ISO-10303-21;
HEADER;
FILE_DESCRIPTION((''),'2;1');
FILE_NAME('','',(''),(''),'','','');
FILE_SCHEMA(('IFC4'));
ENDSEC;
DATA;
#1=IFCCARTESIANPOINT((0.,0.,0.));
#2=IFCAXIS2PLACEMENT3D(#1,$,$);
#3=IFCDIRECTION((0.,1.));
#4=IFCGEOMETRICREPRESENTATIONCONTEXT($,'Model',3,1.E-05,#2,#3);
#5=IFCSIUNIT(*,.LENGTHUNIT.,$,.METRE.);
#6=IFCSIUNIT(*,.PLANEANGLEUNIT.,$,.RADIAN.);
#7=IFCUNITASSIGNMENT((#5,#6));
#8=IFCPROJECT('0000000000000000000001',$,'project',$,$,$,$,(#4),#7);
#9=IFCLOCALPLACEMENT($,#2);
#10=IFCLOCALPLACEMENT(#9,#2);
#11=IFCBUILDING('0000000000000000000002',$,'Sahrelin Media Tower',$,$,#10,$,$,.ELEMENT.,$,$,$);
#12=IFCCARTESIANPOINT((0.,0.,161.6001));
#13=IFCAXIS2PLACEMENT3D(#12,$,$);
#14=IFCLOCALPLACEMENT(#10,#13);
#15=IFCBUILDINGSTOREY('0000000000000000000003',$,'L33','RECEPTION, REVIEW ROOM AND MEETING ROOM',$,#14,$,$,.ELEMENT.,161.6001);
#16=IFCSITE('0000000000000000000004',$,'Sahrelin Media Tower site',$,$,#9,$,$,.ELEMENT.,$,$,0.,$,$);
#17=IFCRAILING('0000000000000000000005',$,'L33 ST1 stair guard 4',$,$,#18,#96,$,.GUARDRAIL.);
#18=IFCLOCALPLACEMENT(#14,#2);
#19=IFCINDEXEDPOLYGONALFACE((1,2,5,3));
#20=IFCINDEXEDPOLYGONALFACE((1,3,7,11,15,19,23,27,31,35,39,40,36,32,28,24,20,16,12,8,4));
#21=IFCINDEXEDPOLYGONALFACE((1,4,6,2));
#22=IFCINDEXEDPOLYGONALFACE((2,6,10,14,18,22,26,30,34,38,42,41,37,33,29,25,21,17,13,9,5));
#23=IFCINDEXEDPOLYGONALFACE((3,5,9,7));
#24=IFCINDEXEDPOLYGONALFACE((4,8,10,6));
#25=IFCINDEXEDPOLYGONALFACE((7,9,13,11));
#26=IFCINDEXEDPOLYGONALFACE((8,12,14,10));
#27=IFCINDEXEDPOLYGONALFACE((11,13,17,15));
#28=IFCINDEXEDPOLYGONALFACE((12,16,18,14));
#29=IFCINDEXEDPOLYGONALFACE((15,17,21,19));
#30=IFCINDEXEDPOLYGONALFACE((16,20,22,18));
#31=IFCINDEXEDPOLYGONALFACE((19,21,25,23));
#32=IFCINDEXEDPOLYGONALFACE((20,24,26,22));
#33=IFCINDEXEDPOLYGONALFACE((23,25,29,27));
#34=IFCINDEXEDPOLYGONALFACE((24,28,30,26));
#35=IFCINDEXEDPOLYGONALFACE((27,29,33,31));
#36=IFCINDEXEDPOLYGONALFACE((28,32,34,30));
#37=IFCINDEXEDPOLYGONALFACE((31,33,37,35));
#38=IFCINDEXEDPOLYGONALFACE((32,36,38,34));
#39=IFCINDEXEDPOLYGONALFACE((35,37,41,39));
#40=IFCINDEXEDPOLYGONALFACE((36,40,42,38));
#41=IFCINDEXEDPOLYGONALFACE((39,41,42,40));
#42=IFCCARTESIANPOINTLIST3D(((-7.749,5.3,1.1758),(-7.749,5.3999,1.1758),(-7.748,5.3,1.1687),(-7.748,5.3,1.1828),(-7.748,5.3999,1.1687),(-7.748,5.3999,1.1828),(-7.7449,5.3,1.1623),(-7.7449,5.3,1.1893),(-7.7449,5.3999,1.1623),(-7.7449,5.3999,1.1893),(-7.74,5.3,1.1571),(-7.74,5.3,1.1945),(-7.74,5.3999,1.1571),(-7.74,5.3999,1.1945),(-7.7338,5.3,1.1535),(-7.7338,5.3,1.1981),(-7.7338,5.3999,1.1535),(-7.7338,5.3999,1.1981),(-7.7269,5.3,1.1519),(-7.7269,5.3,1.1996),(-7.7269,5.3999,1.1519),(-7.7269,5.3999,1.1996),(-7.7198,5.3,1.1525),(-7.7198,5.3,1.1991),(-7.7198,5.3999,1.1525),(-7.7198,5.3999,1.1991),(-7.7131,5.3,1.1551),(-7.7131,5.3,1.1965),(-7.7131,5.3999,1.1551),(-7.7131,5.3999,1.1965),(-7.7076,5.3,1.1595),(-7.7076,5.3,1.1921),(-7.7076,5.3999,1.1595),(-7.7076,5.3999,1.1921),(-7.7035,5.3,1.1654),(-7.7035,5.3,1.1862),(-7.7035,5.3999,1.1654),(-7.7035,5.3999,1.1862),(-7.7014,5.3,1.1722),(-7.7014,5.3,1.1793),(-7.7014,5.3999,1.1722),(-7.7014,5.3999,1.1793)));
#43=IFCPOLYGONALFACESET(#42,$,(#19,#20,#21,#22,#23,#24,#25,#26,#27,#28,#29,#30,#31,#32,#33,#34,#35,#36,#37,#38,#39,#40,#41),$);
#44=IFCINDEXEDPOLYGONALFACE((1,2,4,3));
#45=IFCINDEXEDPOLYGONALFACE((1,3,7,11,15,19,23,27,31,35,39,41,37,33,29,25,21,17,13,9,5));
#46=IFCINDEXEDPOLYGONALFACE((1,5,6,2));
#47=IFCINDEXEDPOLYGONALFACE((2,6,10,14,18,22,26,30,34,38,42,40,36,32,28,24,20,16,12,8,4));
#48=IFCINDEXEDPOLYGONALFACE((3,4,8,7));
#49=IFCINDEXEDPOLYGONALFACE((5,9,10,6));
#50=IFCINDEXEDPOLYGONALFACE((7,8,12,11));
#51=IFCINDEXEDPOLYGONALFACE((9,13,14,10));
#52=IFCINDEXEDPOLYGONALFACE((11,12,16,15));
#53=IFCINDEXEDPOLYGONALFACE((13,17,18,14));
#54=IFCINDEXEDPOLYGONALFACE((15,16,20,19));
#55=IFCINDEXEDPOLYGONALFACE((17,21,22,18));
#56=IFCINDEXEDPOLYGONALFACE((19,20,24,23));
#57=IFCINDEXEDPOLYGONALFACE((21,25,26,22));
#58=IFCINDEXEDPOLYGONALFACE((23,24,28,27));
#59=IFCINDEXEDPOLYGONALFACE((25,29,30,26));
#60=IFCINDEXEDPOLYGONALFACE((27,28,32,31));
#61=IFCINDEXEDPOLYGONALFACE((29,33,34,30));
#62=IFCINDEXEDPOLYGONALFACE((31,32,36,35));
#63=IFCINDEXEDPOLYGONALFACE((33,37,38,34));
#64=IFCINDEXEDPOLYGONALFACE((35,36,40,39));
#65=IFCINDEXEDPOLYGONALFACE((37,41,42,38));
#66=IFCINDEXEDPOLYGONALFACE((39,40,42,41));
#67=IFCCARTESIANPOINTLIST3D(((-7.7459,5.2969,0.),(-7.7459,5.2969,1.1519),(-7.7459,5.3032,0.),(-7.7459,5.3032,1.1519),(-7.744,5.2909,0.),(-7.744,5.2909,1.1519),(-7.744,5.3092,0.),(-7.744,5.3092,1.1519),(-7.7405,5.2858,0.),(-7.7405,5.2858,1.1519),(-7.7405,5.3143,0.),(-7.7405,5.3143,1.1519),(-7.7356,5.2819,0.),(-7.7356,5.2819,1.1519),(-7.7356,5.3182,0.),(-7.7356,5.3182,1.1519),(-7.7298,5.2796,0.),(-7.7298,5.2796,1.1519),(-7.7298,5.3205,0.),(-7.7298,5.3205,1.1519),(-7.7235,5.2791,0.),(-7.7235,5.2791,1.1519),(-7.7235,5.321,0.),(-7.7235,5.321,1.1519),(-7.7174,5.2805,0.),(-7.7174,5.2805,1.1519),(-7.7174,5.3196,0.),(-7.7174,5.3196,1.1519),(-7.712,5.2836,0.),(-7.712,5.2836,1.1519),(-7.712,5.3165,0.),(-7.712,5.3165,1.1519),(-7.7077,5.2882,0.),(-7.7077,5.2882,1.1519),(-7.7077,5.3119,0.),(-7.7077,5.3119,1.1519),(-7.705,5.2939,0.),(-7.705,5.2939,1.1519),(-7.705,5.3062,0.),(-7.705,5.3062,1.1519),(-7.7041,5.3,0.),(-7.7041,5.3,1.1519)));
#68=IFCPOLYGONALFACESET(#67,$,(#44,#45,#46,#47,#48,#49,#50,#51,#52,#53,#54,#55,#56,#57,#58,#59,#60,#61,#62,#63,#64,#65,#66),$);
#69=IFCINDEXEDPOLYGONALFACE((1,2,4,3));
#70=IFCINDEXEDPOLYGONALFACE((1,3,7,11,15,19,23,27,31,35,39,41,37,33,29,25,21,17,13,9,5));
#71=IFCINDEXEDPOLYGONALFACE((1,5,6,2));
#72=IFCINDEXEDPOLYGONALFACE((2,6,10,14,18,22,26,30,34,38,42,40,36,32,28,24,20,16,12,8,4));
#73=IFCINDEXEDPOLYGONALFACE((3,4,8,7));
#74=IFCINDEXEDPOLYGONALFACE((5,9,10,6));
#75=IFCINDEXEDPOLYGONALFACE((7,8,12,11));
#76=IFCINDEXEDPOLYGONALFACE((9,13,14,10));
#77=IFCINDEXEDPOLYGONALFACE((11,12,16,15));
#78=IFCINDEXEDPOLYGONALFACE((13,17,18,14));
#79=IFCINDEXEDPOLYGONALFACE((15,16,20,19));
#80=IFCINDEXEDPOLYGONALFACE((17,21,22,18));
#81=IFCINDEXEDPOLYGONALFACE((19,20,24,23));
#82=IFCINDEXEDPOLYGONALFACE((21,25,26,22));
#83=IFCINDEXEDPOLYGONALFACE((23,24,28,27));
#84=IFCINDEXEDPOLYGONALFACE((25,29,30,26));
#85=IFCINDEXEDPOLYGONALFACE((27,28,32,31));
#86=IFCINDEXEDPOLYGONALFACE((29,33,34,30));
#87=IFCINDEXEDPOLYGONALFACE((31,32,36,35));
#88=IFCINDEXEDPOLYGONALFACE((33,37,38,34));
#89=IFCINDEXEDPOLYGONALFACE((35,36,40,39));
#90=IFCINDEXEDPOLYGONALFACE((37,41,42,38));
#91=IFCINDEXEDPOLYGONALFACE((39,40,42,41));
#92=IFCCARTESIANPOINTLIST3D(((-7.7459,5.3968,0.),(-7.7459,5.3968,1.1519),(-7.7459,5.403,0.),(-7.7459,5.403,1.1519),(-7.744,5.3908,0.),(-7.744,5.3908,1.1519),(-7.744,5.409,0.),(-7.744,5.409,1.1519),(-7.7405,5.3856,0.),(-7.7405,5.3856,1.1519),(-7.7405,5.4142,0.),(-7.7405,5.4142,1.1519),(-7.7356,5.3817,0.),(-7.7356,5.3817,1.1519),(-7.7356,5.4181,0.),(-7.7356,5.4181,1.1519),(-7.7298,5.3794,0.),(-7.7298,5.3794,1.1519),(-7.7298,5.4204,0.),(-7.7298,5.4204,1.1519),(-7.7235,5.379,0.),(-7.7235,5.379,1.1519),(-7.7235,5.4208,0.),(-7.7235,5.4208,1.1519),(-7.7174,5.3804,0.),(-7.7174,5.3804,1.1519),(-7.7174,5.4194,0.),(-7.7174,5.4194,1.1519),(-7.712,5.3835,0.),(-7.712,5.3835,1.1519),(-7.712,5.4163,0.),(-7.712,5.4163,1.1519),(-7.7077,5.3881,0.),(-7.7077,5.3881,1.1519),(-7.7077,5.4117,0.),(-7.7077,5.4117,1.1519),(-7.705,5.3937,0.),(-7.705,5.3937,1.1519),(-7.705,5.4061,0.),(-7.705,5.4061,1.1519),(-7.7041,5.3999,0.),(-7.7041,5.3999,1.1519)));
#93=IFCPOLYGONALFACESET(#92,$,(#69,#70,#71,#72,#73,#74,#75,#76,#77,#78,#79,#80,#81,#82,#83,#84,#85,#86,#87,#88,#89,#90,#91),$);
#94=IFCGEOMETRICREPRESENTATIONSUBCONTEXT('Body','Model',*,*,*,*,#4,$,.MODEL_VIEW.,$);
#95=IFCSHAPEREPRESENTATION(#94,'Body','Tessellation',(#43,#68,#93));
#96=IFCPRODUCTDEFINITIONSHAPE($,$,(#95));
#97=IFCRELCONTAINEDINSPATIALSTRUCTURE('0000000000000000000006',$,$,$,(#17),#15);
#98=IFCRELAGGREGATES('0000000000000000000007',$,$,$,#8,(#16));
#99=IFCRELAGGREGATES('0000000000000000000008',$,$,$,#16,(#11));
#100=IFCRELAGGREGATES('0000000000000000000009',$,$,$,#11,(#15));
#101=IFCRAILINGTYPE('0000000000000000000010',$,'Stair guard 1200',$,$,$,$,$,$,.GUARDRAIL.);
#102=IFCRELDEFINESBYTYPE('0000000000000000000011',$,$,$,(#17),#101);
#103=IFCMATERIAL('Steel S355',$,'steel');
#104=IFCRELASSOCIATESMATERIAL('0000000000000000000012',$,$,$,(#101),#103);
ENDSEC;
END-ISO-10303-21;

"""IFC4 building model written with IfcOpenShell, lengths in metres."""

from ifc_helpers import new_model, si_unit, direction, frame, origin, origin_2d, place, context, subcontext, project, spatial, circle, extrude, material, type_object, element, save


model = new_model("IFC4")

# Units and contexts
model_context = context("Model", 3, precision=1e-05, world=origin(), true_north=direction((0.0, 1.0)))
body_context = subcontext(model_context, "Body", "Model", "MODEL_VIEW")
ifc_project = project(units=[si_unit("LENGTHUNIT", "METRE"), si_unit("PLANEANGLEUNIT", "RADIAN")], contexts=[model_context])

# Site, building, storey
site_placement = place(None, origin())
site = spatial("IfcSite", under=ifc_project, at=site_placement, Name="Sahrelin Media Tower site", CompositionType="ELEMENT", RefElevation=0.0)
building_placement = place(site_placement, origin())
building = spatial("IfcBuilding", under=site, at=building_placement, Name="Sahrelin Media Tower", CompositionType="ELEMENT")
storey_placement = place(building_placement, frame((0.0, 0.0, 161.6001)))
storey = spatial("IfcBuildingStorey", under=building, at=storey_placement, Name="L33", Description="RECEPTION, REVIEW ROOM AND MEETING ROOM", CompositionType="ELEMENT", Elevation=161.6001)

# Shared definitions
ifc_material_1 = material(Name="Steel S355", Category="steel")

# Railing
railing_type_1 = type_object("IfcRailingType", Name="Stair guard 1200", PredefinedType="GUARDRAIL", material=ifc_material_1)
railing_1_placement = place(storey_placement, frame((-7.7251, 5.3, 0.0)))
element("IfcRailing", 1, at=railing_1_placement, inside=storey, type_object=railing_type_1, Name="L33 ST1 stair guard 4", PredefinedType="GUARDRAIL", context=body_context, shape_type="SweptSolid", body=[
    extrude(circle(Radius=0.0239, at=origin_2d()), frame((0.0, 0.0, 1.1758), z_axis=(0.0, 1.0, 0.0), x_axis=(-1.0, 0.0, 0.0)), (0.0, 0.0, 1.0), 0.0999),
    extrude(circle(Radius=0.021, at=origin_2d()), origin(), (0.0, 0.0, 1.0), 1.1519),
    extrude(circle(Radius=0.021, at=origin_2d()), frame((0.0, 0.0999, 0.0)), (0.0, 0.0, 1.0), 1.1519),
])

save(model, "model.ifc")
